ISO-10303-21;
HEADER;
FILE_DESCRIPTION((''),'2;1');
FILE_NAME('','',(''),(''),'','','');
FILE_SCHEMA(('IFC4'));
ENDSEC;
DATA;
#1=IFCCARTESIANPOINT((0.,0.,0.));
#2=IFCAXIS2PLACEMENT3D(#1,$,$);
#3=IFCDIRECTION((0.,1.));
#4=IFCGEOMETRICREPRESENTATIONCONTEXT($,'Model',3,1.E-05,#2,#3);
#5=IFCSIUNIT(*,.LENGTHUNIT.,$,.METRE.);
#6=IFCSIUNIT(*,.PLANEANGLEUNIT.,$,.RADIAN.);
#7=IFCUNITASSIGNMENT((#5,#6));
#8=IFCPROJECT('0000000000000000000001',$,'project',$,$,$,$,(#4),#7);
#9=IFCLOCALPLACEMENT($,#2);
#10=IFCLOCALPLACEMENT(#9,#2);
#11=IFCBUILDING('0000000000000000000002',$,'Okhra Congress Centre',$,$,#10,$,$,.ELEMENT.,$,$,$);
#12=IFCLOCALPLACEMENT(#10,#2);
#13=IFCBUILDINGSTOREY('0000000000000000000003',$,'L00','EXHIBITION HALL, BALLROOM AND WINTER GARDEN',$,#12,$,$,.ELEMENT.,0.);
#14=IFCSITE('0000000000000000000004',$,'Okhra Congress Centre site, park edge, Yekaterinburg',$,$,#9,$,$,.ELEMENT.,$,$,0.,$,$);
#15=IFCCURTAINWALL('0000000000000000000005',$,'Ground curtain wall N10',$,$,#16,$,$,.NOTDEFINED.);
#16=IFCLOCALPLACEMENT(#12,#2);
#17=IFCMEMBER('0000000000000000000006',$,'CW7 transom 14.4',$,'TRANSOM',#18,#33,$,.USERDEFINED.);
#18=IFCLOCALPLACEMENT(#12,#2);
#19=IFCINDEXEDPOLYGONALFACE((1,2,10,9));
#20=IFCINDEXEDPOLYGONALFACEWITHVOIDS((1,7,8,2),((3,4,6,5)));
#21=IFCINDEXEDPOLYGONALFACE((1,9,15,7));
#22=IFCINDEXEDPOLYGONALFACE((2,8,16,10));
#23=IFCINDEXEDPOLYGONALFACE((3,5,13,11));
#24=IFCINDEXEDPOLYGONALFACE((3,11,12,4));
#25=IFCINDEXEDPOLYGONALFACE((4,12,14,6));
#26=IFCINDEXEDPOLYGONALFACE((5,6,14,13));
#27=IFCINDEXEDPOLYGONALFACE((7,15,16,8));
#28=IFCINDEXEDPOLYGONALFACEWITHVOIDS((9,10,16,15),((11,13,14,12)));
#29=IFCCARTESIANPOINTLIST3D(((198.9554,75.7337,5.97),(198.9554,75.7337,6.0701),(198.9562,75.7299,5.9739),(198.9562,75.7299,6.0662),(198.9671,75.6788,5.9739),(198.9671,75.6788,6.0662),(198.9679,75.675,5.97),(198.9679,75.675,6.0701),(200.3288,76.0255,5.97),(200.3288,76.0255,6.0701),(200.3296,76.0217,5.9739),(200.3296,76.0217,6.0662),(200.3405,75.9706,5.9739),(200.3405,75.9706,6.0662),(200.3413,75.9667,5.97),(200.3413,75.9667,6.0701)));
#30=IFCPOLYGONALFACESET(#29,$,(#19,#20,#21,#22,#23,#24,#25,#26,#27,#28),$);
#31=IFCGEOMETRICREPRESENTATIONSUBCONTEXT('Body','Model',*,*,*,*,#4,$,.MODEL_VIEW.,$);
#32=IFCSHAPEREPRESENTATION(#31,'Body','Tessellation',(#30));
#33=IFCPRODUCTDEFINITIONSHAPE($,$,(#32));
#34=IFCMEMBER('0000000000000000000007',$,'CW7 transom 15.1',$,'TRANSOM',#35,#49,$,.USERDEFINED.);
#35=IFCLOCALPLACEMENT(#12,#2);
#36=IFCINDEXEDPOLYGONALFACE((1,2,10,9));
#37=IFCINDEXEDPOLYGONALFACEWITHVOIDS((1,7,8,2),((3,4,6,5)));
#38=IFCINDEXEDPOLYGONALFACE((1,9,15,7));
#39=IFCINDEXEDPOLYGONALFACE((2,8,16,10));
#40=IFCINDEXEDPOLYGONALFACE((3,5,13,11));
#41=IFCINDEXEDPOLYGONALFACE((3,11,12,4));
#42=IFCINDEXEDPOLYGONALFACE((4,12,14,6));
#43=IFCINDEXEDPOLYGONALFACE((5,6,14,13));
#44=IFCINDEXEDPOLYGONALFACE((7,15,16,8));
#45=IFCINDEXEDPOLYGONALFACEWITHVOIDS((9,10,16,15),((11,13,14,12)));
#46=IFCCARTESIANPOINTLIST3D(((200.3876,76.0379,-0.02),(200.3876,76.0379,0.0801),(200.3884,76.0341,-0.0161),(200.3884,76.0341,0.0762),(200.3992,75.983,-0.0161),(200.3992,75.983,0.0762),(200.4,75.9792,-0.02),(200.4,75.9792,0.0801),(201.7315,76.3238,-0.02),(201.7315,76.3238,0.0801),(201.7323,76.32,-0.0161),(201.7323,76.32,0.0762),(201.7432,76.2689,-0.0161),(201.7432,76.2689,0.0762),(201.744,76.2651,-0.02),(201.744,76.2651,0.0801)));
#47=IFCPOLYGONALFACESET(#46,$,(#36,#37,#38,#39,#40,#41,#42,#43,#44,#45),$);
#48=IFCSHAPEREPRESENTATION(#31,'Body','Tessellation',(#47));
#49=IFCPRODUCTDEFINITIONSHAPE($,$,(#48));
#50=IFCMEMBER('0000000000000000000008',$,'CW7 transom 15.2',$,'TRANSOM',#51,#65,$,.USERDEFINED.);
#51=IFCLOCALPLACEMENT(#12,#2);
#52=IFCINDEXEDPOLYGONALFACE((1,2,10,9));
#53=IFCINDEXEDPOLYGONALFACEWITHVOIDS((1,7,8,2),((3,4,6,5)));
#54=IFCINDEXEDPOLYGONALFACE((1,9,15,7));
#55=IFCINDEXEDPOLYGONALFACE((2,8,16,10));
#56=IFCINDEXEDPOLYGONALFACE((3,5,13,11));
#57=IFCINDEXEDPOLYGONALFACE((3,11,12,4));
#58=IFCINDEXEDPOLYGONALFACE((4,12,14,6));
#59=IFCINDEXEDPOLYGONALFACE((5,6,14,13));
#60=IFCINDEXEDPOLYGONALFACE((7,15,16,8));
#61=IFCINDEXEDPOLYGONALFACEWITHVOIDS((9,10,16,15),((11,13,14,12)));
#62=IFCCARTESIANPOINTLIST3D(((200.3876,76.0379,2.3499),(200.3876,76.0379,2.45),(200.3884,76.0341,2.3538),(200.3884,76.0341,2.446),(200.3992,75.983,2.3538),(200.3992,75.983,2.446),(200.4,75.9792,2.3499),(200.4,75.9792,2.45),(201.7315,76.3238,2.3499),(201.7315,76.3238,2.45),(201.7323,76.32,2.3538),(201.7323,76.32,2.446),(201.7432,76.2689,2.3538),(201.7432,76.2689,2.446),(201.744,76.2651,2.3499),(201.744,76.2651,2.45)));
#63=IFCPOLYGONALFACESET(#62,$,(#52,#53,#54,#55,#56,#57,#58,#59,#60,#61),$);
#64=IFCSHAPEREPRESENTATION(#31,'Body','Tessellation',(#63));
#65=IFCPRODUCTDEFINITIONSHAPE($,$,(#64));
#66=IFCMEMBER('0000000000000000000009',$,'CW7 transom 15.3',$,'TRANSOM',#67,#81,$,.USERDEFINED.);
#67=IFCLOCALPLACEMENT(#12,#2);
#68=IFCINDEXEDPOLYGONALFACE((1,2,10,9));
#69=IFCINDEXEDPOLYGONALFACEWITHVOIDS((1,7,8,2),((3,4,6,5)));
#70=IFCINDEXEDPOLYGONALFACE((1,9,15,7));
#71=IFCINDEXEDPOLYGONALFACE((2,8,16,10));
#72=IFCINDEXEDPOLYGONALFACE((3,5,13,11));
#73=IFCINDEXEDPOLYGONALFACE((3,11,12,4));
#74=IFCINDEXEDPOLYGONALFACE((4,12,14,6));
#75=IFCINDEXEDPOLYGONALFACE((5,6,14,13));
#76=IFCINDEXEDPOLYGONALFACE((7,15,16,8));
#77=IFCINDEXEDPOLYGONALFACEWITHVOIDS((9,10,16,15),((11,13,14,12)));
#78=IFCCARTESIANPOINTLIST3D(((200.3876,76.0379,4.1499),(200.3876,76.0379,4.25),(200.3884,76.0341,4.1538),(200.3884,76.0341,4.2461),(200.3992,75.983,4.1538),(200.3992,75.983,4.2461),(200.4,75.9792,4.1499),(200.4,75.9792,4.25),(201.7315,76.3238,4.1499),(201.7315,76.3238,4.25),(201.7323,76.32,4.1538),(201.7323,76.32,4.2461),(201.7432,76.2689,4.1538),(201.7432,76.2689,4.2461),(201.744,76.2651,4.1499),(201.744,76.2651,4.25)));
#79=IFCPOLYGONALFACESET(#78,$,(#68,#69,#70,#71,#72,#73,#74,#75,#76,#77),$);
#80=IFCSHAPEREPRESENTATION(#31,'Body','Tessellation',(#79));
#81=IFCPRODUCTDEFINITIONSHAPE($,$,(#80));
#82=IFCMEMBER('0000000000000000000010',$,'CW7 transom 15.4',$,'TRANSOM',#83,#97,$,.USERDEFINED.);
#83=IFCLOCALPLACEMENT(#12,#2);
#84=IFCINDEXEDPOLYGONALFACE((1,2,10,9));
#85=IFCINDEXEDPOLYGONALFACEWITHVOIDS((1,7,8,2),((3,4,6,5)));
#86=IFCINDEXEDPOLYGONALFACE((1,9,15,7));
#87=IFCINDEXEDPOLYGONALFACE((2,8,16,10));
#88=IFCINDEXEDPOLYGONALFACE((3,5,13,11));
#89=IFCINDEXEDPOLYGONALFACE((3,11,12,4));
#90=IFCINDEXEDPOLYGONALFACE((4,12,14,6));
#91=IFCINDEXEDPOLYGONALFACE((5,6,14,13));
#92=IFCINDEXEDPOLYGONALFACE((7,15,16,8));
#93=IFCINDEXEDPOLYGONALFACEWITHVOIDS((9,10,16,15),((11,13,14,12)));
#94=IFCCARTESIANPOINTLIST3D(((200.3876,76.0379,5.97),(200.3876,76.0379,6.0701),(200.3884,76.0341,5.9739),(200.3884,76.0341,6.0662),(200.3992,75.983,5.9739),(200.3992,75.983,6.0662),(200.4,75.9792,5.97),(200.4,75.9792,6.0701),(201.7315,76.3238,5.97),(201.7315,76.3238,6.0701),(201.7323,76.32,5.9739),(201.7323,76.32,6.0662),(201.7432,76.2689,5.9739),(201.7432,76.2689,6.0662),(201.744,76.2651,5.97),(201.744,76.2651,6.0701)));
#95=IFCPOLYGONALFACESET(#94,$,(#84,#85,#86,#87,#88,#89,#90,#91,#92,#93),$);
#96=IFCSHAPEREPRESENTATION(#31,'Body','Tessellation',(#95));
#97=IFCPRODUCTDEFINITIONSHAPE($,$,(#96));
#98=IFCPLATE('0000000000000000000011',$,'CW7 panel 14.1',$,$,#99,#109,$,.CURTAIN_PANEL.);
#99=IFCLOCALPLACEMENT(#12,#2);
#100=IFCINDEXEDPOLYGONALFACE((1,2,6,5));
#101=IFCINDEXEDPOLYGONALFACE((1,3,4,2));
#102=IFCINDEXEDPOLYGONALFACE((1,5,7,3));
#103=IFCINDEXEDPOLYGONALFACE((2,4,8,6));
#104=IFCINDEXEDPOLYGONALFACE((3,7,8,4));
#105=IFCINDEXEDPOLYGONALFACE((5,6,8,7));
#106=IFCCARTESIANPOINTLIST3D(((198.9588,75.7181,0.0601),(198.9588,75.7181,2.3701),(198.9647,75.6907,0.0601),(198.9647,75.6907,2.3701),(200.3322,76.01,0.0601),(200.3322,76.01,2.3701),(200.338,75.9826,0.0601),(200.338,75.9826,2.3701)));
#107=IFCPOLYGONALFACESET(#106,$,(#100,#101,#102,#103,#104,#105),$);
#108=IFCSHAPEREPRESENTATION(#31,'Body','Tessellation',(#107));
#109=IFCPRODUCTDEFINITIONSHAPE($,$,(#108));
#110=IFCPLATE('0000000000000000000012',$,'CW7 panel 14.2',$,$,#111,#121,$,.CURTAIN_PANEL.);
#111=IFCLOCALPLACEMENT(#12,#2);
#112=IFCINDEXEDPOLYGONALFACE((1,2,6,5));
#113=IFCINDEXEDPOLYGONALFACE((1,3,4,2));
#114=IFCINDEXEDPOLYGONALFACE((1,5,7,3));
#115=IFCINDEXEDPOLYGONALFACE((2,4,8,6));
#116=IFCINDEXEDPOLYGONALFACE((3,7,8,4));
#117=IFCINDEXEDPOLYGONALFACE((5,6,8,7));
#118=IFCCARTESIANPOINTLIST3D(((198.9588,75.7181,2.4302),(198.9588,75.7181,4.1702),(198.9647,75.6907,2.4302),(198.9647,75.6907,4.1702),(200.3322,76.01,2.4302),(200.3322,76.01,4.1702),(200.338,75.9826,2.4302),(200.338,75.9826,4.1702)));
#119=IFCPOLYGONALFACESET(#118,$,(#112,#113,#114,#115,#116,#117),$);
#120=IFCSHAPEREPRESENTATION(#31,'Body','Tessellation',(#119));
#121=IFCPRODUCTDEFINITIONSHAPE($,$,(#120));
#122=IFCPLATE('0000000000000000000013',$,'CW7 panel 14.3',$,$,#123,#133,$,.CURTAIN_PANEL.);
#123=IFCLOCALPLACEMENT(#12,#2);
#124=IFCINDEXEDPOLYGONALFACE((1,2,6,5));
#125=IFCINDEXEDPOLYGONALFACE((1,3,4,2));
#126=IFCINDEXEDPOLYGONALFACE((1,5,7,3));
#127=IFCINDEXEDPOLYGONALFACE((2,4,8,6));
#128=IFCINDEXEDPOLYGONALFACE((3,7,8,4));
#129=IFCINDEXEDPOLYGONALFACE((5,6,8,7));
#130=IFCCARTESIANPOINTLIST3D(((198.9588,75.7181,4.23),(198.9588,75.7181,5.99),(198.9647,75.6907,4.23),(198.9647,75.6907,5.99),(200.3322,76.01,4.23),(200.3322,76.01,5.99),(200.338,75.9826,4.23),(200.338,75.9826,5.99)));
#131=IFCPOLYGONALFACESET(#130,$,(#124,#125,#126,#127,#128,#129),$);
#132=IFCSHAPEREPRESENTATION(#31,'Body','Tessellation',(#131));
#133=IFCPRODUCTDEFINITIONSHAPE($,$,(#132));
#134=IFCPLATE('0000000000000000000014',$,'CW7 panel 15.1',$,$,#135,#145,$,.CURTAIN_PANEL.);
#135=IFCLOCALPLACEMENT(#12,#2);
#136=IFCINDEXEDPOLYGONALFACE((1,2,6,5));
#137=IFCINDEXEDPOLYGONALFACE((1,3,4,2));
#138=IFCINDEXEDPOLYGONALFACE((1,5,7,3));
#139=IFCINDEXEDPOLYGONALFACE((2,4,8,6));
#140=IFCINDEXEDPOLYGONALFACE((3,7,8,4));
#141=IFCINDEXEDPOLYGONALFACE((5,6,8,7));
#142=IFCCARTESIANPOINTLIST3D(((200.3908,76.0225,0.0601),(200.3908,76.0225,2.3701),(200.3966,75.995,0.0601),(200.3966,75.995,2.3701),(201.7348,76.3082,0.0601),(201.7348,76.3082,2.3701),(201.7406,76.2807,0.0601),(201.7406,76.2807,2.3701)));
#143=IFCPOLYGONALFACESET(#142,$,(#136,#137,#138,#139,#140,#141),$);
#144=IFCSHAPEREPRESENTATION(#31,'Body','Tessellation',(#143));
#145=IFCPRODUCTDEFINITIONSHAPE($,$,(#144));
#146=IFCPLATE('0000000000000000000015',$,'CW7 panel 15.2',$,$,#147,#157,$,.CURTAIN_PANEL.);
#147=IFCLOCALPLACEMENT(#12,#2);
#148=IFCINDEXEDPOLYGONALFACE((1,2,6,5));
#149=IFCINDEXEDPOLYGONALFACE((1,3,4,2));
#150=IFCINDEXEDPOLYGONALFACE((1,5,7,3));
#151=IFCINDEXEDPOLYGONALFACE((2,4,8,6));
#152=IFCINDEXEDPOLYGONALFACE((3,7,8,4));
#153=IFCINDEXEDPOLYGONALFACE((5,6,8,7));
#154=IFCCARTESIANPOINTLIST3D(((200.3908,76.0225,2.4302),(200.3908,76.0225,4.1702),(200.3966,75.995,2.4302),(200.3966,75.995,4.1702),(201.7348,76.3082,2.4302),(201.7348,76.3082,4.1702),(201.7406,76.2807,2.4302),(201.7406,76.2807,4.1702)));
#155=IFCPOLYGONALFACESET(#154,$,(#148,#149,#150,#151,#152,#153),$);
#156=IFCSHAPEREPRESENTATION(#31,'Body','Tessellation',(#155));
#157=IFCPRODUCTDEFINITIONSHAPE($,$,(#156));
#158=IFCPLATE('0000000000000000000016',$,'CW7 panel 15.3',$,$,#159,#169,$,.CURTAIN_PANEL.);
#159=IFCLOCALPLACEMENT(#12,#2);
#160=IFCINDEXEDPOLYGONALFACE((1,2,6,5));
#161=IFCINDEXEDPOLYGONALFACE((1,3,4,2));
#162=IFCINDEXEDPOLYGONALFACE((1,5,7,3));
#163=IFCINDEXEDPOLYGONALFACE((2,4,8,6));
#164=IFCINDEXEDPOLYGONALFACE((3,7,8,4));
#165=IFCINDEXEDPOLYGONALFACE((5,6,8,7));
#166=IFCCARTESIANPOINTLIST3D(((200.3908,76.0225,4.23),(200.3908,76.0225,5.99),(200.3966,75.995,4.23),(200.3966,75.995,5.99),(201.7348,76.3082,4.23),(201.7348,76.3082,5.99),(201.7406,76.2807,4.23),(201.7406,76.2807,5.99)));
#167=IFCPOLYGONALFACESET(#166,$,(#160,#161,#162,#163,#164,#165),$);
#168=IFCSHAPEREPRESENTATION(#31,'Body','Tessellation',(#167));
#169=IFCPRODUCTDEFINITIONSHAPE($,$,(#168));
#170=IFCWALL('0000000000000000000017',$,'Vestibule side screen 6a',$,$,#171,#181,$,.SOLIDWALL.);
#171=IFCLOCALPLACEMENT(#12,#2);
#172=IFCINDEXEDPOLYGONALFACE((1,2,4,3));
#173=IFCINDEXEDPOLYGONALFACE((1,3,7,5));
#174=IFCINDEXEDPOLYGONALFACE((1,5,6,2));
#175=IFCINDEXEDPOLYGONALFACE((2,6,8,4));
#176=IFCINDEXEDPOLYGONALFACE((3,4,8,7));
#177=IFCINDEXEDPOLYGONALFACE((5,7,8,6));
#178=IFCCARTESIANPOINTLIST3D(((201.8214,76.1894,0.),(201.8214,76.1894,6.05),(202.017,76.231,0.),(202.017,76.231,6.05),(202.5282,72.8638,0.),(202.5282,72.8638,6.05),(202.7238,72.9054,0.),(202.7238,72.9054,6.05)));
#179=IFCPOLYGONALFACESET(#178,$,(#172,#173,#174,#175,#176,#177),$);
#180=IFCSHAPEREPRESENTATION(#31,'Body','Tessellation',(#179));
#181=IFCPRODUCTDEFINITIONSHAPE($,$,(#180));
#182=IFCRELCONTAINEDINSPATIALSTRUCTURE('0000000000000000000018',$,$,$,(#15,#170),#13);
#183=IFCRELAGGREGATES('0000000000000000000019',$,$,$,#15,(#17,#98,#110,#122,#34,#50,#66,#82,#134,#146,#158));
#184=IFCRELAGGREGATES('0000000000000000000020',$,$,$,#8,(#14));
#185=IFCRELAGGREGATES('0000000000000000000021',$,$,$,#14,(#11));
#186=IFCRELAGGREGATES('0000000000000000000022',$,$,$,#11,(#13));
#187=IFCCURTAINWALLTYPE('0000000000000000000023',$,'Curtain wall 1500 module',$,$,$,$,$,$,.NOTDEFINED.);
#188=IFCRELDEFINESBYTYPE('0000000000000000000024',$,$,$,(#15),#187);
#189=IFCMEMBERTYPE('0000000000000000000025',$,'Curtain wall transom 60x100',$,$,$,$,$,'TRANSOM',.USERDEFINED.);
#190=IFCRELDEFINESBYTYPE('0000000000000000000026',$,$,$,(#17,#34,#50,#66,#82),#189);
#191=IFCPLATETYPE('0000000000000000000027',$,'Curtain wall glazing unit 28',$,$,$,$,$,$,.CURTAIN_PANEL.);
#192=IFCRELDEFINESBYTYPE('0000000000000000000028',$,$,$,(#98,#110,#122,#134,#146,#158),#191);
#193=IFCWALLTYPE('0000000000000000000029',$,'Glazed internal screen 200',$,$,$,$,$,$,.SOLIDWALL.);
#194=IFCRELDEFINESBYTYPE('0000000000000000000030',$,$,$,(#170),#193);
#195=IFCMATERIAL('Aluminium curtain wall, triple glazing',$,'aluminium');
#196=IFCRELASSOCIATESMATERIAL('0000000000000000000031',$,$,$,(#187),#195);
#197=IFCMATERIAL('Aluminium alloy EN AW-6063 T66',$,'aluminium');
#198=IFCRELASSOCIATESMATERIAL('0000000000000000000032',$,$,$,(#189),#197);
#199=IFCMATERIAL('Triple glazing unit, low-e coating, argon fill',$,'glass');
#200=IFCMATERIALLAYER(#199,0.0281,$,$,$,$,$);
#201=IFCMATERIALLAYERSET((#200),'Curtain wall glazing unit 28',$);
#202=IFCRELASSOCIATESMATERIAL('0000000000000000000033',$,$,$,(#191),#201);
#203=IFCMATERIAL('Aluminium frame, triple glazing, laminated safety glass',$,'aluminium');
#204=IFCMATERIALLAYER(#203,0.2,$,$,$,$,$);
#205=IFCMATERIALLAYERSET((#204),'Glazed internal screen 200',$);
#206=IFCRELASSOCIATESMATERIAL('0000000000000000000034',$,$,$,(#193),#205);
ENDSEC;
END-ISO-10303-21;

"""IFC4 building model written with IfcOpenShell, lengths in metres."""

from ifc_helpers import new_model, si_unit, direction, frame, frame_2d, origin, origin_2d, place, context, subcontext, project, spatial, rectangle, hollow_rectangle, extrude, material, layer, layer_set, material_profile, profile_set, type_object, element, aggregate, save


model = new_model("IFC4")

# Units and contexts
model_context = context("Model", 3, precision=1e-05, world=origin(), true_north=direction((0.0, 1.0)))
body_context = subcontext(model_context, "Body", "Model", "MODEL_VIEW")
ifc_project = project(units=[si_unit("LENGTHUNIT", "METRE"), si_unit("PLANEANGLEUNIT", "RADIAN")], contexts=[model_context])

# Site, building, storey
site_placement = place(None, origin())
site = spatial("IfcSite", under=ifc_project, at=site_placement, Name="Okhra Congress Centre site, park edge, Yekaterinburg", CompositionType="ELEMENT", RefElevation=0.0)
building_placement = place(site_placement, origin())
building = spatial("IfcBuilding", under=site, at=building_placement, Name="Okhra Congress Centre", CompositionType="ELEMENT")
storey_placement = place(building_placement, origin())
storey = spatial("IfcBuildingStorey", under=building, at=storey_placement, Name="L00", Description="EXHIBITION HALL, BALLROOM AND WINTER GARDEN", CompositionType="ELEMENT", Elevation=0.0)

# Curtain wall, members, plates
ifc_material_1 = material(Name="Aluminium curtain wall, triple glazing", Category="aluminium")
curtain_wall_type = type_object("IfcCurtainWallType", Name="Curtain wall 1500 module", PredefinedType="NOTDEFINED", material=ifc_material_1)
curtain_wall_placement = place(storey_placement, origin())
curtain_wall = element("IfcCurtainWall", 1, at=curtain_wall_placement, inside=storey, type_object=curtain_wall_type, Name="Ground curtain wall N10", PredefinedType="NOTDEFINED")
ifc_material_2 = material(Name="Aluminium alloy EN AW-6063 T66", Category="aluminium")
ifc_material_profile_1 = material_profile(ifc_material_2, hollow_rectangle(XDim=0.0601, YDim=0.1001, WallThickness=0.0039, at=origin_2d()), Name="RHS 60x100x4")
ifc_profile_set_1 = profile_set([ifc_material_profile_1], Name="Aluminium alloy EN AW-6063 T66")
member_type_1 = type_object("IfcMemberType", Name="Curtain wall transom 60x100", ElementType="TRANSOM", PredefinedType="USERDEFINED", material=ifc_profile_set_1)
member_1_placement = place(storey_placement, frame((198.9617, 75.7043, 6.02), z_axis=(0.97817, 0.207807, 0.0), x_axis=(-0.207807, 0.97817, 0.0)))
member_1 = element("IfcMember", 2, at=member_1_placement, type_object=member_type_1, Name="CW7 transom 14.4", ObjectType="TRANSOM", PredefinedType="USERDEFINED", context=body_context, shape_type="SweptSolid", body=[
    extrude(hollow_rectangle(XDim=0.0601, YDim=0.1001, WallThickness=0.0039, at=origin_2d()), origin(), (0.0, 0.0, 1.0), 1.4041),
])
member_2_placement = place(storey_placement, frame((200.3938, 76.0085, 0.03), z_axis=(0.978116, 0.208061, 0.0), x_axis=(-0.208061, 0.978116, 0.0)))
member_2 = element("IfcMember", 3, at=member_2_placement, type_object=member_type_1, Name="CW7 transom 15.1", ObjectType="TRANSOM", PredefinedType="USERDEFINED", context=body_context, shape_type="SweptSolid", body=[
    extrude(hollow_rectangle(XDim=0.0601, YDim=0.1001, WallThickness=0.0039, at=origin_2d()), origin(), (0.0, 0.0, 1.0), 1.374),
])
member_3_placement = place(storey_placement, frame((200.3938, 76.0085, 2.3999), z_axis=(0.978116, 0.208061, 0.0), x_axis=(-0.208061, 0.978116, 0.0)))
member_3 = element("IfcMember", 4, at=member_3_placement, type_object=member_type_1, Name="CW7 transom 15.2", ObjectType="TRANSOM", PredefinedType="USERDEFINED", context=body_context, shape_type="SweptSolid", body=[
    extrude(hollow_rectangle(XDim=0.0601, YDim=0.1001, WallThickness=0.0039, at=origin_2d()), origin(), (0.0, 0.0, 1.0), 1.374),
])
member_4_placement = place(storey_placement, frame((200.3938, 76.0085, 4.2), z_axis=(0.978116, 0.208061, 0.0), x_axis=(-0.208061, 0.978116, 0.0)))
member_4 = element("IfcMember", 5, at=member_4_placement, type_object=member_type_1, Name="CW7 transom 15.3", ObjectType="TRANSOM", PredefinedType="USERDEFINED", context=body_context, shape_type="SweptSolid", body=[
    extrude(hollow_rectangle(XDim=0.0601, YDim=0.1001, WallThickness=0.0039, at=origin_2d()), origin(), (0.0, 0.0, 1.0), 1.374),
])
member_5_placement = place(storey_placement, frame((200.3938, 76.0085, 6.02), z_axis=(0.978116, 0.208061, 0.0), x_axis=(-0.208061, 0.978116, 0.0)))
member_5 = element("IfcMember", 6, at=member_5_placement, type_object=member_type_1, Name="CW7 transom 15.4", ObjectType="TRANSOM", PredefinedType="USERDEFINED", context=body_context, shape_type="SweptSolid", body=[
    extrude(hollow_rectangle(XDim=0.0601, YDim=0.1001, WallThickness=0.0039, at=origin_2d()), origin(), (0.0, 0.0, 1.0), 1.374),
])
ifc_material_3 = material(Name="Triple glazing unit, low-e coating, argon fill", Category="glass")
ifc_layer_1 = layer(ifc_material_3, 0.0281)
ifc_layer_set_1 = layer_set([ifc_layer_1], Name="Curtain wall glazing unit 28")
plate_type = type_object("IfcPlateType", Name="Curtain wall glazing unit 28", PredefinedType="CURTAIN_PANEL", material=ifc_layer_set_1)
plate_1_placement = place(storey_placement, frame((199.6484, 75.8503, 0.0601), z_axis=(0.0, 0.0, 1.0), x_axis=(0.978148, 0.207912, 0.0)))
plate_1 = element("IfcPlate", 7, at=plate_1_placement, type_object=plate_type, Name="CW7 panel 14.1", PredefinedType="CURTAIN_PANEL", context=body_context, shape_type="SweptSolid", body=[
    extrude(rectangle(XDim=1.4041, YDim=0.0281, at=origin_2d()), origin(), (0.0, 0.0, 1.0), 2.3101),
])
plate_2_placement = place(storey_placement, frame((199.6484, 75.8503, 2.4302), z_axis=(0.0, 0.0, 1.0), x_axis=(0.978148, 0.207912, 0.0)))
plate_2 = element("IfcPlate", 8, at=plate_2_placement, type_object=plate_type, Name="CW7 panel 14.2", PredefinedType="CURTAIN_PANEL", context=body_context, shape_type="SweptSolid", body=[
    extrude(rectangle(XDim=1.4041, YDim=0.0281, at=origin_2d()), origin(), (0.0, 0.0, 1.0), 1.74),
])
plate_3_placement = place(storey_placement, frame((199.6484, 75.8503, 4.23), z_axis=(0.0, 0.0, 1.0), x_axis=(0.978148, 0.207912, 0.0)))
plate_3 = element("IfcPlate", 9, at=plate_3_placement, type_object=plate_type, Name="CW7 panel 14.3", PredefinedType="CURTAIN_PANEL", context=body_context, shape_type="SweptSolid", body=[
    extrude(rectangle(XDim=1.4041, YDim=0.0281, at=origin_2d()), origin(), (0.0, 0.0, 1.0), 1.76),
])
plate_4_placement = place(storey_placement, frame((201.0657, 76.1516, 0.0601), z_axis=(0.0, 0.0, 1.0), x_axis=(0.978148, 0.207912, 0.0)))
plate_4 = element("IfcPlate", 10, at=plate_4_placement, type_object=plate_type, Name="CW7 panel 15.1", PredefinedType="CURTAIN_PANEL", context=body_context, shape_type="SweptSolid", body=[
    extrude(rectangle(XDim=1.374, YDim=0.0281, at=origin_2d()), origin(), (0.0, 0.0, 1.0), 2.3101),
])
plate_5_placement = place(storey_placement, frame((201.0657, 76.1516, 2.4302), z_axis=(0.0, 0.0, 1.0), x_axis=(0.978148, 0.207912, 0.0)))
plate_5 = element("IfcPlate", 11, at=plate_5_placement, type_object=plate_type, Name="CW7 panel 15.2", PredefinedType="CURTAIN_PANEL", context=body_context, shape_type="SweptSolid", body=[
    extrude(rectangle(XDim=1.374, YDim=0.0281, at=origin_2d()), origin(), (0.0, 0.0, 1.0), 1.74),
])
plate_6_placement = place(storey_placement, frame((201.0657, 76.1516, 4.23), z_axis=(0.0, 0.0, 1.0), x_axis=(0.978148, 0.207912, 0.0)))
plate_6 = element("IfcPlate", 12, at=plate_6_placement, type_object=plate_type, Name="CW7 panel 15.3", PredefinedType="CURTAIN_PANEL", context=body_context, shape_type="SweptSolid", body=[
    extrude(rectangle(XDim=1.374, YDim=0.0281, at=origin_2d()), origin(), (0.0, 0.0, 1.0), 1.76),
])
aggregate(curtain_wall, [member_1, plate_1, plate_2, plate_3, member_2, member_3, member_4, member_5, plate_4, plate_5, plate_6])

# Shared definitions
ifc_material_4 = material(Name="Aluminium frame, triple glazing, laminated safety glass", Category="aluminium")

# Wall
ifc_layer_2 = layer(ifc_material_4, 0.2)
ifc_layer_set_2 = layer_set([ifc_layer_2], Name="Glazed internal screen 200")
wall_type_1 = type_object("IfcWallType", Name="Glazed internal screen 200", PredefinedType="SOLIDWALL", material=ifc_layer_set_2)
wall_1_placement = place(storey_placement, frame((201.9192, 76.2102, 0.0), z_axis=(0.0, 0.0, 1.0), x_axis=(0.207881, -0.978154, 0.0)))
element("IfcWall", 13, at=wall_1_placement, inside=storey, type_object=wall_type_1, Name="Vestibule side screen 6a", PredefinedType="SOLIDWALL", context=body_context, shape_type="SweptSolid", body=[
    extrude(rectangle(XDim=3.3999, YDim=0.2, at=frame_2d((1.7, 0.0))), origin(), (0.0, 0.0, 1.0), 6.05),
])

save(model, "model.ifc")
